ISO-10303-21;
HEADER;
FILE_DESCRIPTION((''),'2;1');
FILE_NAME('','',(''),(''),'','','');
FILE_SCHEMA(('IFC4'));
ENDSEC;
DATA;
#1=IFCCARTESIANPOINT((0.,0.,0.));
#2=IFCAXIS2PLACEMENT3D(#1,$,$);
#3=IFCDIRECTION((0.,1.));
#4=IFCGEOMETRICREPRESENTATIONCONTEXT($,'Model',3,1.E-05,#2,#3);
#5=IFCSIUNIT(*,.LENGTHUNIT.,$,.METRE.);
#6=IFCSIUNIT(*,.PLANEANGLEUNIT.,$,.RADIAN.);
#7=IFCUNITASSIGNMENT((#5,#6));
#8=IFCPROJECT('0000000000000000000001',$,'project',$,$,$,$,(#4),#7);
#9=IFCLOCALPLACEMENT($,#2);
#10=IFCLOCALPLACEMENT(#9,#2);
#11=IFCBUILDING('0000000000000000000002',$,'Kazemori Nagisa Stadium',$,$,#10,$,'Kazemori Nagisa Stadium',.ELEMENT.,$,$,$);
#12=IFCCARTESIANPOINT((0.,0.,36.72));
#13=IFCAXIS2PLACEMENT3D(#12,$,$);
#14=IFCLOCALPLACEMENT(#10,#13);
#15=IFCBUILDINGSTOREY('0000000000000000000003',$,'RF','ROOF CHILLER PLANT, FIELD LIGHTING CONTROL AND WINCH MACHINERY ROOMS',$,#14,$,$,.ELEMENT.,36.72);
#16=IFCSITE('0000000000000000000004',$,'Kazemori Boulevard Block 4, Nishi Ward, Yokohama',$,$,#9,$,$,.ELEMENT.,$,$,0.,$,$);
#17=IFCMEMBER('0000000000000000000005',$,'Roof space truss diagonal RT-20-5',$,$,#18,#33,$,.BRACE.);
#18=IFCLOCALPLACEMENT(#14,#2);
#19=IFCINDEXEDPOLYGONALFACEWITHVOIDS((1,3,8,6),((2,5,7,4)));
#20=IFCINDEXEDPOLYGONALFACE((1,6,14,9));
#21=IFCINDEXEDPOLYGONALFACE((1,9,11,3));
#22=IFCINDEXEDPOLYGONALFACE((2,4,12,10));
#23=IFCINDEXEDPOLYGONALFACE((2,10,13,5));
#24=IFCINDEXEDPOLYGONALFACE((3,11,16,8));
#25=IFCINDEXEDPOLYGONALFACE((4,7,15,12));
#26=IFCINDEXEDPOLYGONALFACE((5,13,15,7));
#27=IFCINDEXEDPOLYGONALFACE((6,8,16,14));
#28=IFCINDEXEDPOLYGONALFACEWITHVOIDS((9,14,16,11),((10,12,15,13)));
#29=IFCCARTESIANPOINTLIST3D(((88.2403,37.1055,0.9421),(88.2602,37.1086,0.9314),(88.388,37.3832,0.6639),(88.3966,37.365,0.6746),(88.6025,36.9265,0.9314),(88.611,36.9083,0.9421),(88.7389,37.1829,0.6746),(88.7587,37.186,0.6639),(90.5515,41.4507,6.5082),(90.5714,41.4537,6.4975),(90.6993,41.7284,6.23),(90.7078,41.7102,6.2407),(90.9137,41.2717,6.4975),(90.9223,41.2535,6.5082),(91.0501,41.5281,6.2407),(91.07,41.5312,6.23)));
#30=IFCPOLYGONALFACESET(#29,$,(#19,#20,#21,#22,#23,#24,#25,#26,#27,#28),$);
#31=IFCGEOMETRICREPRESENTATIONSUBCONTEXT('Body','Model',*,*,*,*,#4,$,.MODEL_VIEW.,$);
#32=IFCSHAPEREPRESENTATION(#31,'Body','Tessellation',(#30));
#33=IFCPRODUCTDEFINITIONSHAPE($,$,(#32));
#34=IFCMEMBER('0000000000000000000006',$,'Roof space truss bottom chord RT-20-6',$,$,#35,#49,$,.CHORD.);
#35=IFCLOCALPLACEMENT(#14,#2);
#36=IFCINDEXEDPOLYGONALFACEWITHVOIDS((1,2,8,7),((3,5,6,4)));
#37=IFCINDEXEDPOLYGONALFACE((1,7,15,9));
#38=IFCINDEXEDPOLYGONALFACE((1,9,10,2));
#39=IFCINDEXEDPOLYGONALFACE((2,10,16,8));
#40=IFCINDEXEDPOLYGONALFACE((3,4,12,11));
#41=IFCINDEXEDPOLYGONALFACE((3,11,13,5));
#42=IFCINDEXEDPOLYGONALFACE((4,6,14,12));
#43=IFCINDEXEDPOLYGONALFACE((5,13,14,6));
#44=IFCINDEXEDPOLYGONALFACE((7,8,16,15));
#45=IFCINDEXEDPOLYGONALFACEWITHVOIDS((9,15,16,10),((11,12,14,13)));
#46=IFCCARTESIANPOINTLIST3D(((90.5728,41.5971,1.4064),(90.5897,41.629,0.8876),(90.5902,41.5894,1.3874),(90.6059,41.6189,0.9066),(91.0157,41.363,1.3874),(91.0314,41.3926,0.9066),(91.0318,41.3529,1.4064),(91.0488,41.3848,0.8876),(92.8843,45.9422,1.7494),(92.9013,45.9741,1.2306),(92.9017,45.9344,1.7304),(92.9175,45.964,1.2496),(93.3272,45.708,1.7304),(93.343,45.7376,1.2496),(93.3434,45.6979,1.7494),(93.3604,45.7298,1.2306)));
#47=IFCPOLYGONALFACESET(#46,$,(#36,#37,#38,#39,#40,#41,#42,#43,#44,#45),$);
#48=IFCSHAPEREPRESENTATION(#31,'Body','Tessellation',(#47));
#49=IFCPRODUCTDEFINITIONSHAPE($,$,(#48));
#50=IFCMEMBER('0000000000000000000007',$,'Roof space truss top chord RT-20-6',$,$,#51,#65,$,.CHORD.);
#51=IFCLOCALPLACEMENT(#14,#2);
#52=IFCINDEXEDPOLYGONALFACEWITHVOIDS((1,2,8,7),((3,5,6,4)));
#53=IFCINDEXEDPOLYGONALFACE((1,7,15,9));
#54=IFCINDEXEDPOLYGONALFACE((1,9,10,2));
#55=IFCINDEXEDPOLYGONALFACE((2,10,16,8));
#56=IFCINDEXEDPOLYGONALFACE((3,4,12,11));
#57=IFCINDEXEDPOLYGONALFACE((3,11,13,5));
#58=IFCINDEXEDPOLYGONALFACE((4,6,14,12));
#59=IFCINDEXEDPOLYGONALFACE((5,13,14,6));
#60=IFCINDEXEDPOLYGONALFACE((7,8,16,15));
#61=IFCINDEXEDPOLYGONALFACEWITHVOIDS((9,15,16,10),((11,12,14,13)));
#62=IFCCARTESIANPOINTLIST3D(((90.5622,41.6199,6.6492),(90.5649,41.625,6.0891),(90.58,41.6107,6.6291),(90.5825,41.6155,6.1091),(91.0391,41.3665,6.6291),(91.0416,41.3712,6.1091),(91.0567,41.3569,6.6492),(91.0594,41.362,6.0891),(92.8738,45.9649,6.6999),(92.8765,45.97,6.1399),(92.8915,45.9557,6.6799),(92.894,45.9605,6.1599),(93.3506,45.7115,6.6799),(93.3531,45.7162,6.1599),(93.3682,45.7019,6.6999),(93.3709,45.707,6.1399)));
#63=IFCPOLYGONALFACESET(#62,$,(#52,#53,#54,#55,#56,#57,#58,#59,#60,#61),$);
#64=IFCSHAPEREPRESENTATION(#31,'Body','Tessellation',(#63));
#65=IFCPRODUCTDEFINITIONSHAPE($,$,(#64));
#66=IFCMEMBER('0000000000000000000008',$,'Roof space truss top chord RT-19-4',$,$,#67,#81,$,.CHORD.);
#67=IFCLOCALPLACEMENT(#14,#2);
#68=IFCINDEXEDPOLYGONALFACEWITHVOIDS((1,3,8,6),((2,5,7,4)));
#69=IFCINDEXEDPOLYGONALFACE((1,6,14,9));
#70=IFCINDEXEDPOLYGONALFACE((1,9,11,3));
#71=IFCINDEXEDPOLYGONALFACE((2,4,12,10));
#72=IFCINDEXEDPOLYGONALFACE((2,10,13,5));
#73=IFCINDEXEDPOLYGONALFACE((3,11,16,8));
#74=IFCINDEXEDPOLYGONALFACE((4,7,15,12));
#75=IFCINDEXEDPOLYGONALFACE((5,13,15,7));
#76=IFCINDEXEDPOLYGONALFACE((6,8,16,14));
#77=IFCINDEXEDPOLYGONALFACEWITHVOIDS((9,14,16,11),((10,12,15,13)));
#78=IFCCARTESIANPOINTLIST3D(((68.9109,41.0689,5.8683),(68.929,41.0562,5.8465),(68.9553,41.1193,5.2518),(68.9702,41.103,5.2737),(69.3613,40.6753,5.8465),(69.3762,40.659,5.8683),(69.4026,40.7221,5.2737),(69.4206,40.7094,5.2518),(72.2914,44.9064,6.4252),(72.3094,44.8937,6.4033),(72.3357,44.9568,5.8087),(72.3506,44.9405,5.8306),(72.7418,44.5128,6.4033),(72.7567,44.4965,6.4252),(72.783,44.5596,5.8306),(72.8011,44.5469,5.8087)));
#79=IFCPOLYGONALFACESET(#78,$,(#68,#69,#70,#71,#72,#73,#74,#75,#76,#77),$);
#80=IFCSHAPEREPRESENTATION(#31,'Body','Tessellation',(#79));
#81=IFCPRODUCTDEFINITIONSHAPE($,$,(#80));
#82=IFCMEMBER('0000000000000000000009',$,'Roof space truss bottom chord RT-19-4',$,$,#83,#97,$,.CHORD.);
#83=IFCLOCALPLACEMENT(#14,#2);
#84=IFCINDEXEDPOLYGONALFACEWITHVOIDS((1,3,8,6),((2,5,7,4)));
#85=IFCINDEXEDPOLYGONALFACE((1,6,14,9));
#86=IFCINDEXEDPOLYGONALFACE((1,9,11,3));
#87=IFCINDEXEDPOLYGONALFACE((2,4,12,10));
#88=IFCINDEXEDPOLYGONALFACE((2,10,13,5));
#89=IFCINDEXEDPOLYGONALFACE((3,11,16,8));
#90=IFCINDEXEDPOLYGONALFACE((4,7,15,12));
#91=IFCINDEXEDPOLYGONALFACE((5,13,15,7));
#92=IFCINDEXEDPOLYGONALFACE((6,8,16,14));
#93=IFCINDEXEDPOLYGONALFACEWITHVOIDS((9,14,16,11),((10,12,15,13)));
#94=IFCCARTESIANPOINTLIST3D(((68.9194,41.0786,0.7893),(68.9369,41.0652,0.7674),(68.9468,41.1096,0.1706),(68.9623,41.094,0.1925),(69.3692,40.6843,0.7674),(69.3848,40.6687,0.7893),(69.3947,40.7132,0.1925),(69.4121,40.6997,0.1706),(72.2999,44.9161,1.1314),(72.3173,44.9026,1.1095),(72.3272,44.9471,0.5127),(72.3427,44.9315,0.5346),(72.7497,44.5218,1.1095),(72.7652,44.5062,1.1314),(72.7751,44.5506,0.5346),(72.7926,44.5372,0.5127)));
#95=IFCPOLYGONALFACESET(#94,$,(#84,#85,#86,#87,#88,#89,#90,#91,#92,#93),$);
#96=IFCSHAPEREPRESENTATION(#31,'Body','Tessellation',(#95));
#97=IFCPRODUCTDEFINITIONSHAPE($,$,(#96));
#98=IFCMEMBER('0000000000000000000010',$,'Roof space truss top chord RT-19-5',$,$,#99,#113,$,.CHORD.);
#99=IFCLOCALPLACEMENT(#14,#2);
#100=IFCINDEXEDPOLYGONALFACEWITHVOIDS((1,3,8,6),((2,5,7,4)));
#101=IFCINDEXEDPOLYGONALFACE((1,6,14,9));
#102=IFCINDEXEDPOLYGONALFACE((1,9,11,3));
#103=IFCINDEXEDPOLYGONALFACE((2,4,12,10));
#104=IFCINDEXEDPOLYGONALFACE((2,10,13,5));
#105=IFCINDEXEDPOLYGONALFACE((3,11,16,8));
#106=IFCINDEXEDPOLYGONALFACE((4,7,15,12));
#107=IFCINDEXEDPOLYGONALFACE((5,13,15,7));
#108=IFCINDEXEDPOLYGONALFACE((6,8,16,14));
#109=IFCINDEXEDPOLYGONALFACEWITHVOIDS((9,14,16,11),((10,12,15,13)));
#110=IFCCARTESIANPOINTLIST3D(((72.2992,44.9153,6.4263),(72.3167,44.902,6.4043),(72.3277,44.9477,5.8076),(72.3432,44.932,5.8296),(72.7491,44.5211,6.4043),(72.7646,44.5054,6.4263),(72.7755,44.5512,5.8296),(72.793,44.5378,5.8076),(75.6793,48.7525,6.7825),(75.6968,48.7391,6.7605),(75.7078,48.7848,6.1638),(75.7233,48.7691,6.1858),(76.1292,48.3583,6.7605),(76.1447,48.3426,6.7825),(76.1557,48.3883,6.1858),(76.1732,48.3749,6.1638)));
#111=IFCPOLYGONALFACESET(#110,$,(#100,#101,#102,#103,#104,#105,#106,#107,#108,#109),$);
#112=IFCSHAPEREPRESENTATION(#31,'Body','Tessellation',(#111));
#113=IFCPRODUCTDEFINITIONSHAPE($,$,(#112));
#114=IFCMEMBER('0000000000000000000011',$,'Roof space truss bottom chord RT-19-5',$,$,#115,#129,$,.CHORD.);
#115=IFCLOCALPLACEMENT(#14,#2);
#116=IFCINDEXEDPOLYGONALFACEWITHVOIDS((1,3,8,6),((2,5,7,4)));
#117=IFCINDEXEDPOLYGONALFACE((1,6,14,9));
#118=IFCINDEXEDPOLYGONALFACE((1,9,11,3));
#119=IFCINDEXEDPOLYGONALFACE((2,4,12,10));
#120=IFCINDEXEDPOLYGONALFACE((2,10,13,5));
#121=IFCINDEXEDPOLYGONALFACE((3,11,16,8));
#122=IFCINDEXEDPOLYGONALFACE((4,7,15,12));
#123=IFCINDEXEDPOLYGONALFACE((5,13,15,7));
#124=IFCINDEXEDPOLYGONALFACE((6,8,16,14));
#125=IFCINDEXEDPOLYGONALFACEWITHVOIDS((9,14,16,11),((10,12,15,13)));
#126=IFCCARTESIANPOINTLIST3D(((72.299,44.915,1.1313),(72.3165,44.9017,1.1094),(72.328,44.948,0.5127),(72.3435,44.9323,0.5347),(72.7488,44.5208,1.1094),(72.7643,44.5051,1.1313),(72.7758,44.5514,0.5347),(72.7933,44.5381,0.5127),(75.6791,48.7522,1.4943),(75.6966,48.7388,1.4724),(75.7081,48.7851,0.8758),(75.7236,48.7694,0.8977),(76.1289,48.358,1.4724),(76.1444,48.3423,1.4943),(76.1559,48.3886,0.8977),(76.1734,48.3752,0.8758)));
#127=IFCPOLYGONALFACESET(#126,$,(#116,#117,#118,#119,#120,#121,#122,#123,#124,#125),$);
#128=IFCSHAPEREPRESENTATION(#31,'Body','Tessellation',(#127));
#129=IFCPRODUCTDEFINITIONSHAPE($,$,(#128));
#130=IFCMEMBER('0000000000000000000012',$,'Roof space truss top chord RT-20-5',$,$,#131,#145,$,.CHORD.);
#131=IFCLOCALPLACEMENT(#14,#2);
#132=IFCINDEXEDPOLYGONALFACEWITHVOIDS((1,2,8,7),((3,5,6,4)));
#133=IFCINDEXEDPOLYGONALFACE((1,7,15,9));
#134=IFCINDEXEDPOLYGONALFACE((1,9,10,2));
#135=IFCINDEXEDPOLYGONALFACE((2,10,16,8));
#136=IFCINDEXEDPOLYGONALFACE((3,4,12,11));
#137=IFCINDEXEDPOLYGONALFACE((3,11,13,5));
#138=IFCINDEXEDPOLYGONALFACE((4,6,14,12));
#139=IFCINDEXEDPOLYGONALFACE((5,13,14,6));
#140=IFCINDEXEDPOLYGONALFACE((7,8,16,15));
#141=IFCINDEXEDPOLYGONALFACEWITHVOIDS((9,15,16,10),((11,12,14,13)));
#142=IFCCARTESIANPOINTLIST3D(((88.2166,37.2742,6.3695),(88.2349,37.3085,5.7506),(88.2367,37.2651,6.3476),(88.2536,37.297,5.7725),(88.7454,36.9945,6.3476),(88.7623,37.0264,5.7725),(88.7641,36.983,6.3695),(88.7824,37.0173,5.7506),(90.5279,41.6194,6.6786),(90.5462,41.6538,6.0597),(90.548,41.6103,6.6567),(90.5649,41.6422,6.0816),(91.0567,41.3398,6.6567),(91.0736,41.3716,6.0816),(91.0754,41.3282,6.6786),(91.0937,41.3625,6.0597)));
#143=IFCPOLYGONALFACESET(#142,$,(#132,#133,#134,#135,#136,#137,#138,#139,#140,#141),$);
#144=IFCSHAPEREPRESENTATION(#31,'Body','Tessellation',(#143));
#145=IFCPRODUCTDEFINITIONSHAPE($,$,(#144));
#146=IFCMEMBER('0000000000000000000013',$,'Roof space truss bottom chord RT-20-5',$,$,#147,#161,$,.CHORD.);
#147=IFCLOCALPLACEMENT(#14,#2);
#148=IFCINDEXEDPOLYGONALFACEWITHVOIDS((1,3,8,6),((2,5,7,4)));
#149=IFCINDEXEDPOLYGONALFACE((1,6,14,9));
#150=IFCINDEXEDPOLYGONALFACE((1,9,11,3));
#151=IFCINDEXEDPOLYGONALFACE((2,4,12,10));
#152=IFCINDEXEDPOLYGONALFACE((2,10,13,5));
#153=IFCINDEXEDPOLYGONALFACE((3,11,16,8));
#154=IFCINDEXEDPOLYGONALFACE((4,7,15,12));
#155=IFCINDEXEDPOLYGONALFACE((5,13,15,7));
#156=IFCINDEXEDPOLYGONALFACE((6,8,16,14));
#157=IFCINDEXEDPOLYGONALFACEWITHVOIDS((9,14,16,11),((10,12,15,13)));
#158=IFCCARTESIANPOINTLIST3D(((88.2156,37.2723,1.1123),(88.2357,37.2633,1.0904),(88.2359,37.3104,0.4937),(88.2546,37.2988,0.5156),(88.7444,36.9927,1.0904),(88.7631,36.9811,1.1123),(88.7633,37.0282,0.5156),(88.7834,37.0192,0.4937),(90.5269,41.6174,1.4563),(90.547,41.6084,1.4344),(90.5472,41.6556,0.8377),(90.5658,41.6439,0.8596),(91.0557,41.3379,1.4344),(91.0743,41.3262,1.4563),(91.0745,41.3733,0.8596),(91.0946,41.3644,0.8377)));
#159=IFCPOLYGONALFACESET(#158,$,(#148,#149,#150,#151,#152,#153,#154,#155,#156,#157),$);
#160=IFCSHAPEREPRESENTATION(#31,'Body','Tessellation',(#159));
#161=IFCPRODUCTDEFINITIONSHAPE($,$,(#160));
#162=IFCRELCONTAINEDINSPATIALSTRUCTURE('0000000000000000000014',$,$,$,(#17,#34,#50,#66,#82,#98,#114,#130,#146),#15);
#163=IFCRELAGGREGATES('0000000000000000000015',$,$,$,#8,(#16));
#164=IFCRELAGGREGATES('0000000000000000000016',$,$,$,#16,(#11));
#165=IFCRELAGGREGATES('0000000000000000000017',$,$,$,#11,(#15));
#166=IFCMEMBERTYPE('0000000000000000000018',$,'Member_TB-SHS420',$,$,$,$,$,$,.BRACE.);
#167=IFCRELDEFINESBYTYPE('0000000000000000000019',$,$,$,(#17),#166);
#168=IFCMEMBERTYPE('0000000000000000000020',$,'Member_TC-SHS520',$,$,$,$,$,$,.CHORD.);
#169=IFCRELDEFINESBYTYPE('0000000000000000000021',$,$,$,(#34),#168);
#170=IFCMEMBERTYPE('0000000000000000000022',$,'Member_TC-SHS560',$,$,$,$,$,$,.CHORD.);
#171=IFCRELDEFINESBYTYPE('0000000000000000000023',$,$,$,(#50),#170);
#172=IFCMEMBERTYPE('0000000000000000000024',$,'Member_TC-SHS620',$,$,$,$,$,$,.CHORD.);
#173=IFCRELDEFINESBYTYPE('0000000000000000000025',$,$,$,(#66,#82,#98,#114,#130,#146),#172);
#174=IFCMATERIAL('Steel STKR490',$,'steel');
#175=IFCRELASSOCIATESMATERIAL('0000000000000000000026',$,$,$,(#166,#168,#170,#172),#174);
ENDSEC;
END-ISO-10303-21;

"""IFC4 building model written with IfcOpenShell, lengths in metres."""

from ifc_helpers import new_model, si_unit, direction, frame, origin, origin_2d, place, context, subcontext, project, spatial, hollow_rectangle, extrude, material, material_profile, profile_set, type_object, element, save


model = new_model("IFC4")

# Units and contexts
model_context = context("Model", 3, precision=1e-05, world=origin(), true_north=direction((0.0, 1.0)))
body_context = subcontext(model_context, "Body", "Model", "MODEL_VIEW")
ifc_project = project(units=[si_unit("LENGTHUNIT", "METRE"), si_unit("PLANEANGLEUNIT", "RADIAN")], contexts=[model_context])

# Site, building, storey
site_placement = place(None, origin())
site = spatial("IfcSite", under=ifc_project, at=site_placement, Name="Kazemori Boulevard Block 4, Nishi Ward, Yokohama", CompositionType="ELEMENT", RefElevation=0.0)
building_placement = place(site_placement, origin())
building = spatial("IfcBuilding", under=site, at=building_placement, Name="Kazemori Nagisa Stadium", LongName="Kazemori Nagisa Stadium", CompositionType="ELEMENT")
storey_placement = place(building_placement, frame((0.0, 0.0, 36.72)))
storey = spatial("IfcBuildingStorey", under=building, at=storey_placement, Name="RF", Description="ROOF CHILLER PLANT, FIELD LIGHTING CONTROL AND WINCH MACHINERY ROOMS", CompositionType="ELEMENT", Elevation=36.72)

# Members
ifc_material_1 = material(Name="Steel STKR490", Category="steel")
ifc_material_profile_1 = material_profile(ifc_material_1, hollow_rectangle(XDim=0.4199, YDim=0.4199, WallThickness=0.0161, at=origin_2d()), Name="SHS-420x420x16")
ifc_profile_set_1 = profile_set([ifc_material_profile_1], Name="Steel STKR490")
member_type_1 = type_object("IfcMemberType", Name="Member_TB-SHS420", PredefinedType="BRACE", material=ifc_profile_set_1)
member_1_placement = place(storey_placement, frame((88.4995, 37.1458, 0.803), z_axis=(0.311073, 0.584819, 0.749146), x_axis=(-0.882873, 0.469612, 0.0)))
element("IfcMember", 1, at=member_1_placement, inside=storey, type_object=member_type_1, Name="Roof space truss diagonal RT-20-5", PredefinedType="BRACE", context=body_context, shape_type="SweptSolid", body=[
    extrude(hollow_rectangle(XDim=0.4199, YDim=0.4199, WallThickness=0.0161, at=origin_2d()), origin(), (0.0, 0.0, 1.0), 7.4299),
])
ifc_material_profile_2 = material_profile(ifc_material_1, hollow_rectangle(XDim=0.52, YDim=0.52, WallThickness=0.019, at=origin_2d()), Name="SHS-520x520x19")
ifc_profile_set_2 = profile_set([ifc_material_profile_2], Name="Steel STKR490")
member_type_2 = type_object("IfcMemberType", Name="Member_TC-SHS520", PredefinedType="CHORD", material=ifc_profile_set_2)
member_2_placement = place(storey_placement, frame((90.8108, 41.491, 1.147), z_axis=(0.468535, 0.880705, 0.069528), x_axis=(-0.882841, 0.469671, 0.0)))
element("IfcMember", 2, at=member_2_placement, inside=storey, type_object=member_type_2, Name="Roof space truss bottom chord RT-20-6", PredefinedType="CHORD", context=body_context, shape_type="SweptSolid", body=[
    extrude(hollow_rectangle(XDim=0.52, YDim=0.52, WallThickness=0.019, at=origin_2d()), origin(), (0.0, 0.0, 1.0), 4.9336),
])
ifc_material_profile_3 = material_profile(ifc_material_1, hollow_rectangle(XDim=0.5601, YDim=0.5601, WallThickness=0.02, at=origin_2d()), Name="SHS-560x560x20")
ifc_profile_set_3 = profile_set([ifc_material_profile_3], Name="Steel STKR490")
member_type_3 = type_object("IfcMemberType", Name="Member_TC-SHS560", PredefinedType="CHORD", material=ifc_profile_set_3)
member_3_placement = place(storey_placement, frame((90.8108, 41.491, 6.3691), z_axis=(0.469646, 0.882794, 0.010318), x_axis=(-0.882841, 0.469671, 0.0)))
element("IfcMember", 3, at=member_3_placement, inside=storey, type_object=member_type_3, Name="Roof space truss top chord RT-20-6", PredefinedType="CHORD", context=body_context, shape_type="SweptSolid", body=[
    extrude(hollow_rectangle(XDim=0.5601, YDim=0.5601, WallThickness=0.02, at=origin_2d()), origin(), (0.0, 0.0, 1.0), 4.9219),
])
ifc_material_profile_4 = material_profile(ifc_material_1, hollow_rectangle(XDim=0.6201, YDim=0.6201, WallThickness=0.022, at=origin_2d()), Name="SHS-620x620x22")
ifc_profile_set_4 = profile_set([ifc_material_profile_4], Name="Steel STKR490")
member_type_4 = type_object("IfcMemberType", Name="Member_TC-SHS620", PredefinedType="CHORD", material=ifc_profile_set_4)
member_4_placement = place(storey_placement, frame((69.1658, 40.8892, 5.5601), z_axis=(0.657124, 0.745968, 0.108255), x_axis=(-0.750378, 0.661009, 0.0)))
element("IfcMember", 4, at=member_4_placement, inside=storey, type_object=member_type_4, Name="Roof space truss top chord RT-19-4", PredefinedType="CHORD", context=body_context, shape_type="SweptSolid", body=[
    extrude(hollow_rectangle(XDim=0.6201, YDim=0.6201, WallThickness=0.022, at=origin_2d()), origin(), (0.0, 0.0, 1.0), 5.1443),
])
member_5_placement = place(storey_placement, frame((69.1658, 40.8892, 0.48), z_axis=(0.659535, 0.748705, 0.066735), x_axis=(-0.750378, 0.661009, 0.0)))
element("IfcMember", 5, at=member_5_placement, inside=storey, type_object=member_type_4, Name="Roof space truss bottom chord RT-19-4", PredefinedType="CHORD", context=body_context, shape_type="SweptSolid", body=[
    extrude(hollow_rectangle(XDim=0.6201, YDim=0.6201, WallThickness=0.022, at=origin_2d()), origin(), (0.0, 0.0, 1.0), 5.1255),
])
member_6_placement = place(storey_placement, frame((72.5461, 44.7266, 6.1169), z_axis=(0.659408, 0.748567, 0.069489), x_axis=(-0.750381, 0.661006, 0.0)))
element("IfcMember", 6, at=member_6_placement, inside=storey, type_object=member_type_4, Name="Roof space truss top chord RT-19-5", PredefinedType="CHORD", context=body_context, shape_type="SweptSolid", body=[
    extrude(hollow_rectangle(XDim=0.6201, YDim=0.6201, WallThickness=0.022, at=origin_2d()), origin(), (0.0, 0.0, 1.0), 5.126),
])
member_7_placement = place(storey_placement, frame((72.5461, 44.7266, 0.822), z_axis=(0.659346, 0.748497, 0.070816), x_axis=(-0.750381, 0.661006, 0.0)))
element("IfcMember", 7, at=member_7_placement, inside=storey, type_object=member_type_4, Name="Roof space truss bottom chord RT-19-5", PredefinedType="CHORD", context=body_context, shape_type="SweptSolid", body=[
    extrude(hollow_rectangle(XDim=0.6201, YDim=0.6201, WallThickness=0.022, at=origin_2d()), origin(), (0.0, 0.0, 1.0), 5.1265),
])
member_8_placement = place(storey_placement, frame((88.4995, 37.1458, 6.0601), z_axis=(0.468689, 0.881137, 0.062677), x_axis=(-0.882873, 0.469612, 0.0)))
element("IfcMember", 8, at=member_8_placement, inside=storey, type_object=member_type_4, Name="Roof space truss top chord RT-20-5", PredefinedType="CHORD", context=body_context, shape_type="SweptSolid", body=[
    extrude(hollow_rectangle(XDim=0.6201, YDim=0.6201, WallThickness=0.022, at=origin_2d()), origin(), (0.0, 0.0, 1.0), 4.9314),
])
member_9_placement = place(storey_placement, frame((88.4995, 37.1458, 0.803), z_axis=(0.468469, 0.880724, 0.069724), x_axis=(-0.882873, 0.469612, 0.0)))
element("IfcMember", 9, at=member_9_placement, inside=storey, type_object=member_type_4, Name="Roof space truss bottom chord RT-20-5", PredefinedType="CHORD", context=body_context, shape_type="SweptSolid", body=[
    extrude(hollow_rectangle(XDim=0.6201, YDim=0.6201, WallThickness=0.022, at=origin_2d()), origin(), (0.0, 0.0, 1.0), 4.9336),
])

save(model, "model.ifc")
